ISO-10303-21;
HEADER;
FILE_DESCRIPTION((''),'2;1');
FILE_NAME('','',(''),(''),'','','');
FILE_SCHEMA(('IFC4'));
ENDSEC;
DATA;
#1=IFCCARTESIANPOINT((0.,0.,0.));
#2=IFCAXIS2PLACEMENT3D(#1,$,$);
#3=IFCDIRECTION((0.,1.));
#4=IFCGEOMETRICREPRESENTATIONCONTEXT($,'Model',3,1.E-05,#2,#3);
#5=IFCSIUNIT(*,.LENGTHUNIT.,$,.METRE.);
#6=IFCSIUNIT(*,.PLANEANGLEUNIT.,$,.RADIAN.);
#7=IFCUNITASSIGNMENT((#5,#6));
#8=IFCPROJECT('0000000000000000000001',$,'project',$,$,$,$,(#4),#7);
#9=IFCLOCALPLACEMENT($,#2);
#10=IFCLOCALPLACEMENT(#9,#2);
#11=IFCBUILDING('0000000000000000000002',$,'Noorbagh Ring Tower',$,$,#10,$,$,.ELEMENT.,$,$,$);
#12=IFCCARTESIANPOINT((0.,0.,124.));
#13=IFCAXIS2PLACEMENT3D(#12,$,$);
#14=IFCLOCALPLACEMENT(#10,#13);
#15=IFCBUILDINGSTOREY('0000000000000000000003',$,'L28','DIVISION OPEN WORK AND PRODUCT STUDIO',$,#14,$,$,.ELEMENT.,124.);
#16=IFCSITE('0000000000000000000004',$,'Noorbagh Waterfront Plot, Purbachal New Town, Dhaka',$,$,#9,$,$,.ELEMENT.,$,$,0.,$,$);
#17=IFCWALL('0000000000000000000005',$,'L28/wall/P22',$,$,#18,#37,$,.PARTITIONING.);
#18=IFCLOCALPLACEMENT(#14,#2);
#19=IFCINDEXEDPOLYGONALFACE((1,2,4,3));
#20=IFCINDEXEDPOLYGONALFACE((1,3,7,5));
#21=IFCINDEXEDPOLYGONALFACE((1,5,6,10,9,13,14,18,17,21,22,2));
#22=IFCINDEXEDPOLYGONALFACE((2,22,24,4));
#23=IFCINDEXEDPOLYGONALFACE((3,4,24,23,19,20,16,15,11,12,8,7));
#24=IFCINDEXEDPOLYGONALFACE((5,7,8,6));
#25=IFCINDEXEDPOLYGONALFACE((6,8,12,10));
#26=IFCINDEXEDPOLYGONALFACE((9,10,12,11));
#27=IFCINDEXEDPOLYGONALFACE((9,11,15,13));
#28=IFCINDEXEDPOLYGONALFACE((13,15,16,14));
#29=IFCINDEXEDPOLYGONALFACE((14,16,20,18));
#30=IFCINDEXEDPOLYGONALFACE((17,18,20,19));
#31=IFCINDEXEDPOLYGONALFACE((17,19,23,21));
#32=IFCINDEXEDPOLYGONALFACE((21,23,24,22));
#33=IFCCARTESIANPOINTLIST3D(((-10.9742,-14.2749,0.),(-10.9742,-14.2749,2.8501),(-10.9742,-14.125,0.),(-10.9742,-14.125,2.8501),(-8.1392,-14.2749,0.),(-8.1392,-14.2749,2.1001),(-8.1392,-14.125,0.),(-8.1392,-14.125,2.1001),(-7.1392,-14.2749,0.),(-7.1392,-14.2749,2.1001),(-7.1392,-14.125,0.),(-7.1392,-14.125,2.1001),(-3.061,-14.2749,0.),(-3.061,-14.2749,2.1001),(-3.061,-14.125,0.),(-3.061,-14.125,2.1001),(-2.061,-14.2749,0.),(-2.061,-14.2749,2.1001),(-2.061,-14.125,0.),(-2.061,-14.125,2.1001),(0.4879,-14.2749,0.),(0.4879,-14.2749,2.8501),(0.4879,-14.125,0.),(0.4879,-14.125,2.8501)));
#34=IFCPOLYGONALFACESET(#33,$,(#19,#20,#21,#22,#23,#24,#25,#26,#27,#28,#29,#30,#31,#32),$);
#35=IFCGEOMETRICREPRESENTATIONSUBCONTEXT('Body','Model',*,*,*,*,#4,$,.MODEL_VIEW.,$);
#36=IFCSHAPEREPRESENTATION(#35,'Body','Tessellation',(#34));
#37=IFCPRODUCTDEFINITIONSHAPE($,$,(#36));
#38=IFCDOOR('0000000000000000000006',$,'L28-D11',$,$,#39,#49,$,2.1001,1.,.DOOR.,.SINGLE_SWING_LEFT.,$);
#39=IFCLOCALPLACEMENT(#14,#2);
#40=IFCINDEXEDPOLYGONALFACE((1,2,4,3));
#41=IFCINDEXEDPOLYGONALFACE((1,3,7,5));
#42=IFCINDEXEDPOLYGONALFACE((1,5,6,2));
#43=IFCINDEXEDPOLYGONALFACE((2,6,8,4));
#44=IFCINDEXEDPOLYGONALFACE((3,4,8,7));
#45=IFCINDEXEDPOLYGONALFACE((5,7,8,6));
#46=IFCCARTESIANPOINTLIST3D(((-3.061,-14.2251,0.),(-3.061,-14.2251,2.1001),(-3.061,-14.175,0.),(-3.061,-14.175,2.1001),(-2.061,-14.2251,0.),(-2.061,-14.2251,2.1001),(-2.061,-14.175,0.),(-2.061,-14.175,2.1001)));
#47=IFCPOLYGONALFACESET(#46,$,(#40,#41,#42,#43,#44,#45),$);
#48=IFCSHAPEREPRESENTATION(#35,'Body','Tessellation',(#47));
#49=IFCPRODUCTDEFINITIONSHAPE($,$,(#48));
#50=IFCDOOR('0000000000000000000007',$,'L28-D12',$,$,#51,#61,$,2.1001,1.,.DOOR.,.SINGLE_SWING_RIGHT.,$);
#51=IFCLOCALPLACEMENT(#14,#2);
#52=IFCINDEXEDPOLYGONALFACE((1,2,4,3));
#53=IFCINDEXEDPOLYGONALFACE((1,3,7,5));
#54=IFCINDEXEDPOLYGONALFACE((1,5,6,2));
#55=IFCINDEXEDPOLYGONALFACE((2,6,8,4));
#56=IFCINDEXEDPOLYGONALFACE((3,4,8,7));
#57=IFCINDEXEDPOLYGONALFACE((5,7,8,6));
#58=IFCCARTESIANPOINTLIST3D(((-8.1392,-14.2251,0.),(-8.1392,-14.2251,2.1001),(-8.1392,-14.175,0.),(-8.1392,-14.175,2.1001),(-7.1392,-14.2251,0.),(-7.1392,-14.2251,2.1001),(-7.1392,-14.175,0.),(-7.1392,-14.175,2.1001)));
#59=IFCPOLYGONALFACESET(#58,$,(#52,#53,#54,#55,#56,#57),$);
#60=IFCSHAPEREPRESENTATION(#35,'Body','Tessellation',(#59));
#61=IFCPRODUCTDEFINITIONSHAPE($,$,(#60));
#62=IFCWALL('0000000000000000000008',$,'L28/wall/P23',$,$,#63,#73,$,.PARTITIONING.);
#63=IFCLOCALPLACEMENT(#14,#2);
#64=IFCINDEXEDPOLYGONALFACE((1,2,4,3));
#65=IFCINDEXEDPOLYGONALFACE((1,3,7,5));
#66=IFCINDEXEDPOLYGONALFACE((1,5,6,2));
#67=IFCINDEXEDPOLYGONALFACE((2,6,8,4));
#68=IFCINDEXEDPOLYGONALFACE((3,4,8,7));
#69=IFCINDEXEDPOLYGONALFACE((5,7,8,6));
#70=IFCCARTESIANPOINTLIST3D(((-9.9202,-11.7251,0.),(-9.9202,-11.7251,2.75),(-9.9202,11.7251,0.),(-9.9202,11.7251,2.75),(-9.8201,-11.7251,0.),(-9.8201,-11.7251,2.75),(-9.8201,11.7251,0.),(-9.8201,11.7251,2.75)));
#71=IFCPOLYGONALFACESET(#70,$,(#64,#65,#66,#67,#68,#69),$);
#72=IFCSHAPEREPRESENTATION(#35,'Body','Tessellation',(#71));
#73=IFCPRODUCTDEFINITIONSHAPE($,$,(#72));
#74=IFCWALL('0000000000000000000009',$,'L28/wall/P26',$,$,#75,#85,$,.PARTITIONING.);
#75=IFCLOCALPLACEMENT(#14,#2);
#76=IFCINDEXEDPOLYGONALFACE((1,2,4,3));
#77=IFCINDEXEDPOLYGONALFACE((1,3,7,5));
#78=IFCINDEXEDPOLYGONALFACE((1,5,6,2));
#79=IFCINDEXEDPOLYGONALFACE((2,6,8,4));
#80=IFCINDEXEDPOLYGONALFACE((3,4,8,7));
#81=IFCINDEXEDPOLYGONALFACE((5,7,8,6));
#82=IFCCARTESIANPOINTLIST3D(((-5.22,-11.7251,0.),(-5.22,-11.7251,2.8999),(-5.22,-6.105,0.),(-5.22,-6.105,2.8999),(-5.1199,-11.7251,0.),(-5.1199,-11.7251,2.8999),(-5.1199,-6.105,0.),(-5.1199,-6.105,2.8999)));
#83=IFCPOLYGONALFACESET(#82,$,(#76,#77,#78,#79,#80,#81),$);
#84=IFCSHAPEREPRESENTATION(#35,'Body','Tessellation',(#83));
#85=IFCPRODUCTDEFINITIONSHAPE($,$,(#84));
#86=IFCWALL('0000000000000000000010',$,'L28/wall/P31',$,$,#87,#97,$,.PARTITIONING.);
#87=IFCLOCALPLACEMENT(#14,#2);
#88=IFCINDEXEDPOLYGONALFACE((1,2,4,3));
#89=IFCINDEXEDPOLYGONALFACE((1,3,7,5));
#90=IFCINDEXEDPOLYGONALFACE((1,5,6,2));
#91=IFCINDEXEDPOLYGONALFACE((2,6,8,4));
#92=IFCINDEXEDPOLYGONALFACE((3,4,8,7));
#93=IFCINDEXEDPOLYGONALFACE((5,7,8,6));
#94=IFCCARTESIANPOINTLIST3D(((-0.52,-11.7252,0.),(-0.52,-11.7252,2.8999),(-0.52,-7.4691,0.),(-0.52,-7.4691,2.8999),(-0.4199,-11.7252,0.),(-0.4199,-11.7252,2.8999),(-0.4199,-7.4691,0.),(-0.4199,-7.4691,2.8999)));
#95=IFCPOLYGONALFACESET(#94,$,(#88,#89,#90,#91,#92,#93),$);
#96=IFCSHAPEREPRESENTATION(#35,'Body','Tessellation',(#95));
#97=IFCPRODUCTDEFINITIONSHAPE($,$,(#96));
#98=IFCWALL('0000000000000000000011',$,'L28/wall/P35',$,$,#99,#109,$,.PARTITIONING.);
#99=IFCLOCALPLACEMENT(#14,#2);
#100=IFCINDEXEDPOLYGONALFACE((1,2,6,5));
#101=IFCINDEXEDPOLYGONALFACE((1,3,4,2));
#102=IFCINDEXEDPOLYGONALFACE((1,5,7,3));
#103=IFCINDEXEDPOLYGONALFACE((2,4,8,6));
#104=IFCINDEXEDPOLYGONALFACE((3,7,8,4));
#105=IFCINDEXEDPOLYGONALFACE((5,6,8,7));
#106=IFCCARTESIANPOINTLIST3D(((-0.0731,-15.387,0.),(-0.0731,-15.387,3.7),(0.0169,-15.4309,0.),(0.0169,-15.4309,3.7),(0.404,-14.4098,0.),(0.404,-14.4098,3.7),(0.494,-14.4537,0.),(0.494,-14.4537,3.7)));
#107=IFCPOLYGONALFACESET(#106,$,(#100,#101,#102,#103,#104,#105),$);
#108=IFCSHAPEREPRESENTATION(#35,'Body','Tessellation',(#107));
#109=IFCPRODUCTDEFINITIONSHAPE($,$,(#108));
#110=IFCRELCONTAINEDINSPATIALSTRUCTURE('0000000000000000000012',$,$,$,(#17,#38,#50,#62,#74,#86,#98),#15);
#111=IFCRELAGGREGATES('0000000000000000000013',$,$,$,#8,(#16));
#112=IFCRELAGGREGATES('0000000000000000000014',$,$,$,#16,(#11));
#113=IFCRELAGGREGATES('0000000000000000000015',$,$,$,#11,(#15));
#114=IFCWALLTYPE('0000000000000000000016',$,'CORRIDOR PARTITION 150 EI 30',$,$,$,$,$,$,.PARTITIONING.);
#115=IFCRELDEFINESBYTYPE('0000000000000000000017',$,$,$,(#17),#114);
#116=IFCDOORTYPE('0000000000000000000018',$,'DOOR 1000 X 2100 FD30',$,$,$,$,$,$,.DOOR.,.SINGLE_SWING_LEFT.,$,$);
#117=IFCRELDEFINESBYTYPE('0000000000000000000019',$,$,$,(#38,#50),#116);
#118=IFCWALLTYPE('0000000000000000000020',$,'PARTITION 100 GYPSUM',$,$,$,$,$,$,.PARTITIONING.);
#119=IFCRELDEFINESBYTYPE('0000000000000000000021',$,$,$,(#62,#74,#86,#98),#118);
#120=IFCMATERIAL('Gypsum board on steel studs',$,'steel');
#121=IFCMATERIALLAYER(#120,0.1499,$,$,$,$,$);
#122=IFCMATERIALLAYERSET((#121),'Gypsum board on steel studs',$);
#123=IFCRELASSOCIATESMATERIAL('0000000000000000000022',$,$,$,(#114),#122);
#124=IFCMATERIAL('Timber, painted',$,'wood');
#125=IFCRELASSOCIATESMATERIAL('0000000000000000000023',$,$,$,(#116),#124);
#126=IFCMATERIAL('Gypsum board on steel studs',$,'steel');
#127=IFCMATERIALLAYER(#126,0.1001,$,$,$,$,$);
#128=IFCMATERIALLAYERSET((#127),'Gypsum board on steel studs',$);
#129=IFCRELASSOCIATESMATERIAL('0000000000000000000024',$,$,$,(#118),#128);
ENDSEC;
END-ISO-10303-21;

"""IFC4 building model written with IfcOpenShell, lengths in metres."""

from ifc_helpers import new_model, si_unit, direction, frame, frame_2d, origin, place, context, subcontext, project, spatial, rectangle, extrude, material, layer, layer_set, type_object, element, fill, save


model = new_model("IFC4")

# Units and contexts
model_context = context("Model", 3, precision=1e-05, world=origin(), true_north=direction((0.0, 1.0)))
body_context = subcontext(model_context, "Body", "Model", "MODEL_VIEW")
ifc_project = project(units=[si_unit("LENGTHUNIT", "METRE"), si_unit("PLANEANGLEUNIT", "RADIAN")], contexts=[model_context])

# Site, building, storey
site_placement = place(None, origin())
site = spatial("IfcSite", under=ifc_project, at=site_placement, Name="Noorbagh Waterfront Plot, Purbachal New Town, Dhaka", CompositionType="ELEMENT", RefElevation=0.0)
building_placement = place(site_placement, origin())
building = spatial("IfcBuilding", under=site, at=building_placement, Name="Noorbagh Ring Tower", CompositionType="ELEMENT")
storey_placement = place(building_placement, frame((0.0, 0.0, 124.0)))
storey = spatial("IfcBuildingStorey", under=building, at=storey_placement, Name="L28", Description="DIVISION OPEN WORK AND PRODUCT STUDIO", CompositionType="ELEMENT", Elevation=124.0)

# Shared definitions
ifc_material_1 = material(Name="Gypsum board on steel studs", Category="steel")
ifc_layer_1 = layer(ifc_material_1, 0.1499)
ifc_layer_set_1 = layer_set([ifc_layer_1], Name="Gypsum board on steel studs")
wall_type_1 = type_object("IfcWallType", Name="CORRIDOR PARTITION 150 EI 30", PredefinedType="PARTITIONING", material=ifc_layer_set_1)
ifc_material_2 = material(Name="Timber, painted", Category="wood")
door_type_1 = type_object("IfcDoorType", Name="DOOR 1000 X 2100 FD30", OperationType="SINGLE_SWING_LEFT", PredefinedType="DOOR", material=ifc_material_2)

# Wall, openings, doors
wall_1_placement = place(storey_placement, frame((-10.9741, -14.2, 0.0), z_axis=(0.0, 0.0, 1.0), x_axis=(1.0, 0.0, 0.0)))
wall_1 = element("IfcWall", 1, at=wall_1_placement, inside=storey, type_object=wall_type_1, Name="L28/wall/P22", PredefinedType="PARTITIONING", context=body_context, shape_type="SweptSolid", body=[
    extrude(rectangle(XDim=11.4622, YDim=0.1499, at=frame_2d((5.731, 0.0))), origin(), (0.0, 0.0, 1.0), 2.8501),
])
opening_1_placement = place(wall_1_placement, frame((7.9131, 0.0, 0.0)))
opening_1 = element("IfcOpeningElement", 2, at=opening_1_placement, cuts=wall_1, PredefinedType="OPENING", context=body_context, shape_type="SweptSolid", body=[
    extrude(rectangle(XDim=1.0, YDim=2.1001, at=frame_2d((0.5, 1.05))), frame((0.0, 0.085, 0.0), z_axis=(0.0, -1.0, 0.0), x_axis=(1.0, 0.0, 0.0)), (0.0, 0.0, 1.0), 0.1699),
])
opening_2_placement = place(wall_1_placement, frame((2.835, 0.0, 0.0)))
opening_2 = element("IfcOpeningElement", 3, at=opening_2_placement, cuts=wall_1, PredefinedType="OPENING", context=body_context, shape_type="SweptSolid", body=[
    extrude(rectangle(XDim=1.0, YDim=2.1001, at=frame_2d((0.5, 1.05))), frame((0.0, 0.085, 0.0), z_axis=(0.0, -1.0, 0.0), x_axis=(1.0, 0.0, 0.0)), (0.0, 0.0, 1.0), 0.1699),
])
door_1_placement = place(opening_1_placement, origin())
door_1 = element("IfcDoor", 4, at=door_1_placement, inside=storey, type_object=door_type_1, Name="L28-D11", OperationType="SINGLE_SWING_LEFT", OverallHeight=2.1001, OverallWidth=1.0, PredefinedType="DOOR", context=body_context, shape_type="SweptSolid", body=[
    extrude(rectangle(XDim=1.0, YDim=2.1001, at=frame_2d((0.5, 1.05))), frame((0.0, 0.0249, 0.0), z_axis=(0.0, -1.0, 0.0), x_axis=(1.0, 0.0, 0.0)), (0.0, 0.0, 1.0), 0.05),
])
fill(opening_1, door_1)
door_2_placement = place(opening_2_placement, origin())
door_2 = element("IfcDoor", 5, at=door_2_placement, inside=storey, type_object=door_type_1, Name="L28-D12", OperationType="SINGLE_SWING_RIGHT", OverallHeight=2.1001, OverallWidth=1.0, PredefinedType="DOOR", context=body_context, shape_type="SweptSolid", body=[
    extrude(rectangle(XDim=1.0, YDim=2.1001, at=frame_2d((0.5, 1.05))), frame((0.0, 0.0249, 0.0), z_axis=(0.0, -1.0, 0.0), x_axis=(1.0, 0.0, 0.0)), (0.0, 0.0, 1.0), 0.05),
])
fill(opening_2, door_2)

# Walls
ifc_material_3 = material(Name="Gypsum board on steel studs", Category="steel")
ifc_layer_2 = layer(ifc_material_3, 0.1001)
ifc_layer_set_2 = layer_set([ifc_layer_2], Name="Gypsum board on steel studs")
wall_type_2 = type_object("IfcWallType", Name="PARTITION 100 GYPSUM", PredefinedType="PARTITIONING", material=ifc_layer_set_2)
wall_2_placement = place(storey_placement, frame((-9.8701, -11.7251, 0.0), z_axis=(0.0, 0.0, 1.0), x_axis=(0.0, 1.0, 0.0)))
element("IfcWall", 6, at=wall_2_placement, inside=storey, type_object=wall_type_2, Name="L28/wall/P23", PredefinedType="PARTITIONING", context=body_context, shape_type="SweptSolid", body=[
    extrude(rectangle(XDim=23.4502, YDim=0.1001, at=frame_2d((11.7251, 0.0))), origin(), (0.0, 0.0, 1.0), 2.75),
])
wall_3_placement = place(storey_placement, frame((-5.1699, -11.7251, 0.0), z_axis=(0.0, 0.0, 1.0), x_axis=(0.0, 1.0, 0.0)))
element("IfcWall", 7, at=wall_3_placement, inside=storey, type_object=wall_type_2, Name="L28/wall/P26", PredefinedType="PARTITIONING", context=body_context, shape_type="SweptSolid", body=[
    extrude(rectangle(XDim=5.6201, YDim=0.1001, at=frame_2d((2.8101, 0.0))), origin(), (0.0, 0.0, 1.0), 2.8999),
])
wall_4_placement = place(storey_placement, frame((-0.47, -11.7251, 0.0), z_axis=(0.0, 0.0, 1.0), x_axis=(0.0, 1.0, 0.0)))
element("IfcWall", 8, at=wall_4_placement, inside=storey, type_object=wall_type_2, Name="L28/wall/P31", PredefinedType="PARTITIONING", context=body_context, shape_type="SweptSolid", body=[
    extrude(rectangle(XDim=4.2561, YDim=0.1001, at=frame_2d((2.1279, 0.0))), origin(), (0.0, 0.0, 1.0), 2.8999),
])
wall_5_placement = place(storey_placement, frame((-0.0281, -15.4089, 0.0), z_axis=(0.0, 0.0, 1.0), x_axis=(0.438751, 0.898609, 0.0)))
element("IfcWall", 9, at=wall_5_placement, inside=storey, type_object=wall_type_2, Name="L28/wall/P35", PredefinedType="PARTITIONING", context=body_context, shape_type="SweptSolid", body=[
    extrude(rectangle(XDim=1.0874, YDim=0.1001, at=frame_2d((0.5437, 0.0))), origin(), (0.0, 0.0, 1.0), 3.7),
])

save(model, "model.ifc")
